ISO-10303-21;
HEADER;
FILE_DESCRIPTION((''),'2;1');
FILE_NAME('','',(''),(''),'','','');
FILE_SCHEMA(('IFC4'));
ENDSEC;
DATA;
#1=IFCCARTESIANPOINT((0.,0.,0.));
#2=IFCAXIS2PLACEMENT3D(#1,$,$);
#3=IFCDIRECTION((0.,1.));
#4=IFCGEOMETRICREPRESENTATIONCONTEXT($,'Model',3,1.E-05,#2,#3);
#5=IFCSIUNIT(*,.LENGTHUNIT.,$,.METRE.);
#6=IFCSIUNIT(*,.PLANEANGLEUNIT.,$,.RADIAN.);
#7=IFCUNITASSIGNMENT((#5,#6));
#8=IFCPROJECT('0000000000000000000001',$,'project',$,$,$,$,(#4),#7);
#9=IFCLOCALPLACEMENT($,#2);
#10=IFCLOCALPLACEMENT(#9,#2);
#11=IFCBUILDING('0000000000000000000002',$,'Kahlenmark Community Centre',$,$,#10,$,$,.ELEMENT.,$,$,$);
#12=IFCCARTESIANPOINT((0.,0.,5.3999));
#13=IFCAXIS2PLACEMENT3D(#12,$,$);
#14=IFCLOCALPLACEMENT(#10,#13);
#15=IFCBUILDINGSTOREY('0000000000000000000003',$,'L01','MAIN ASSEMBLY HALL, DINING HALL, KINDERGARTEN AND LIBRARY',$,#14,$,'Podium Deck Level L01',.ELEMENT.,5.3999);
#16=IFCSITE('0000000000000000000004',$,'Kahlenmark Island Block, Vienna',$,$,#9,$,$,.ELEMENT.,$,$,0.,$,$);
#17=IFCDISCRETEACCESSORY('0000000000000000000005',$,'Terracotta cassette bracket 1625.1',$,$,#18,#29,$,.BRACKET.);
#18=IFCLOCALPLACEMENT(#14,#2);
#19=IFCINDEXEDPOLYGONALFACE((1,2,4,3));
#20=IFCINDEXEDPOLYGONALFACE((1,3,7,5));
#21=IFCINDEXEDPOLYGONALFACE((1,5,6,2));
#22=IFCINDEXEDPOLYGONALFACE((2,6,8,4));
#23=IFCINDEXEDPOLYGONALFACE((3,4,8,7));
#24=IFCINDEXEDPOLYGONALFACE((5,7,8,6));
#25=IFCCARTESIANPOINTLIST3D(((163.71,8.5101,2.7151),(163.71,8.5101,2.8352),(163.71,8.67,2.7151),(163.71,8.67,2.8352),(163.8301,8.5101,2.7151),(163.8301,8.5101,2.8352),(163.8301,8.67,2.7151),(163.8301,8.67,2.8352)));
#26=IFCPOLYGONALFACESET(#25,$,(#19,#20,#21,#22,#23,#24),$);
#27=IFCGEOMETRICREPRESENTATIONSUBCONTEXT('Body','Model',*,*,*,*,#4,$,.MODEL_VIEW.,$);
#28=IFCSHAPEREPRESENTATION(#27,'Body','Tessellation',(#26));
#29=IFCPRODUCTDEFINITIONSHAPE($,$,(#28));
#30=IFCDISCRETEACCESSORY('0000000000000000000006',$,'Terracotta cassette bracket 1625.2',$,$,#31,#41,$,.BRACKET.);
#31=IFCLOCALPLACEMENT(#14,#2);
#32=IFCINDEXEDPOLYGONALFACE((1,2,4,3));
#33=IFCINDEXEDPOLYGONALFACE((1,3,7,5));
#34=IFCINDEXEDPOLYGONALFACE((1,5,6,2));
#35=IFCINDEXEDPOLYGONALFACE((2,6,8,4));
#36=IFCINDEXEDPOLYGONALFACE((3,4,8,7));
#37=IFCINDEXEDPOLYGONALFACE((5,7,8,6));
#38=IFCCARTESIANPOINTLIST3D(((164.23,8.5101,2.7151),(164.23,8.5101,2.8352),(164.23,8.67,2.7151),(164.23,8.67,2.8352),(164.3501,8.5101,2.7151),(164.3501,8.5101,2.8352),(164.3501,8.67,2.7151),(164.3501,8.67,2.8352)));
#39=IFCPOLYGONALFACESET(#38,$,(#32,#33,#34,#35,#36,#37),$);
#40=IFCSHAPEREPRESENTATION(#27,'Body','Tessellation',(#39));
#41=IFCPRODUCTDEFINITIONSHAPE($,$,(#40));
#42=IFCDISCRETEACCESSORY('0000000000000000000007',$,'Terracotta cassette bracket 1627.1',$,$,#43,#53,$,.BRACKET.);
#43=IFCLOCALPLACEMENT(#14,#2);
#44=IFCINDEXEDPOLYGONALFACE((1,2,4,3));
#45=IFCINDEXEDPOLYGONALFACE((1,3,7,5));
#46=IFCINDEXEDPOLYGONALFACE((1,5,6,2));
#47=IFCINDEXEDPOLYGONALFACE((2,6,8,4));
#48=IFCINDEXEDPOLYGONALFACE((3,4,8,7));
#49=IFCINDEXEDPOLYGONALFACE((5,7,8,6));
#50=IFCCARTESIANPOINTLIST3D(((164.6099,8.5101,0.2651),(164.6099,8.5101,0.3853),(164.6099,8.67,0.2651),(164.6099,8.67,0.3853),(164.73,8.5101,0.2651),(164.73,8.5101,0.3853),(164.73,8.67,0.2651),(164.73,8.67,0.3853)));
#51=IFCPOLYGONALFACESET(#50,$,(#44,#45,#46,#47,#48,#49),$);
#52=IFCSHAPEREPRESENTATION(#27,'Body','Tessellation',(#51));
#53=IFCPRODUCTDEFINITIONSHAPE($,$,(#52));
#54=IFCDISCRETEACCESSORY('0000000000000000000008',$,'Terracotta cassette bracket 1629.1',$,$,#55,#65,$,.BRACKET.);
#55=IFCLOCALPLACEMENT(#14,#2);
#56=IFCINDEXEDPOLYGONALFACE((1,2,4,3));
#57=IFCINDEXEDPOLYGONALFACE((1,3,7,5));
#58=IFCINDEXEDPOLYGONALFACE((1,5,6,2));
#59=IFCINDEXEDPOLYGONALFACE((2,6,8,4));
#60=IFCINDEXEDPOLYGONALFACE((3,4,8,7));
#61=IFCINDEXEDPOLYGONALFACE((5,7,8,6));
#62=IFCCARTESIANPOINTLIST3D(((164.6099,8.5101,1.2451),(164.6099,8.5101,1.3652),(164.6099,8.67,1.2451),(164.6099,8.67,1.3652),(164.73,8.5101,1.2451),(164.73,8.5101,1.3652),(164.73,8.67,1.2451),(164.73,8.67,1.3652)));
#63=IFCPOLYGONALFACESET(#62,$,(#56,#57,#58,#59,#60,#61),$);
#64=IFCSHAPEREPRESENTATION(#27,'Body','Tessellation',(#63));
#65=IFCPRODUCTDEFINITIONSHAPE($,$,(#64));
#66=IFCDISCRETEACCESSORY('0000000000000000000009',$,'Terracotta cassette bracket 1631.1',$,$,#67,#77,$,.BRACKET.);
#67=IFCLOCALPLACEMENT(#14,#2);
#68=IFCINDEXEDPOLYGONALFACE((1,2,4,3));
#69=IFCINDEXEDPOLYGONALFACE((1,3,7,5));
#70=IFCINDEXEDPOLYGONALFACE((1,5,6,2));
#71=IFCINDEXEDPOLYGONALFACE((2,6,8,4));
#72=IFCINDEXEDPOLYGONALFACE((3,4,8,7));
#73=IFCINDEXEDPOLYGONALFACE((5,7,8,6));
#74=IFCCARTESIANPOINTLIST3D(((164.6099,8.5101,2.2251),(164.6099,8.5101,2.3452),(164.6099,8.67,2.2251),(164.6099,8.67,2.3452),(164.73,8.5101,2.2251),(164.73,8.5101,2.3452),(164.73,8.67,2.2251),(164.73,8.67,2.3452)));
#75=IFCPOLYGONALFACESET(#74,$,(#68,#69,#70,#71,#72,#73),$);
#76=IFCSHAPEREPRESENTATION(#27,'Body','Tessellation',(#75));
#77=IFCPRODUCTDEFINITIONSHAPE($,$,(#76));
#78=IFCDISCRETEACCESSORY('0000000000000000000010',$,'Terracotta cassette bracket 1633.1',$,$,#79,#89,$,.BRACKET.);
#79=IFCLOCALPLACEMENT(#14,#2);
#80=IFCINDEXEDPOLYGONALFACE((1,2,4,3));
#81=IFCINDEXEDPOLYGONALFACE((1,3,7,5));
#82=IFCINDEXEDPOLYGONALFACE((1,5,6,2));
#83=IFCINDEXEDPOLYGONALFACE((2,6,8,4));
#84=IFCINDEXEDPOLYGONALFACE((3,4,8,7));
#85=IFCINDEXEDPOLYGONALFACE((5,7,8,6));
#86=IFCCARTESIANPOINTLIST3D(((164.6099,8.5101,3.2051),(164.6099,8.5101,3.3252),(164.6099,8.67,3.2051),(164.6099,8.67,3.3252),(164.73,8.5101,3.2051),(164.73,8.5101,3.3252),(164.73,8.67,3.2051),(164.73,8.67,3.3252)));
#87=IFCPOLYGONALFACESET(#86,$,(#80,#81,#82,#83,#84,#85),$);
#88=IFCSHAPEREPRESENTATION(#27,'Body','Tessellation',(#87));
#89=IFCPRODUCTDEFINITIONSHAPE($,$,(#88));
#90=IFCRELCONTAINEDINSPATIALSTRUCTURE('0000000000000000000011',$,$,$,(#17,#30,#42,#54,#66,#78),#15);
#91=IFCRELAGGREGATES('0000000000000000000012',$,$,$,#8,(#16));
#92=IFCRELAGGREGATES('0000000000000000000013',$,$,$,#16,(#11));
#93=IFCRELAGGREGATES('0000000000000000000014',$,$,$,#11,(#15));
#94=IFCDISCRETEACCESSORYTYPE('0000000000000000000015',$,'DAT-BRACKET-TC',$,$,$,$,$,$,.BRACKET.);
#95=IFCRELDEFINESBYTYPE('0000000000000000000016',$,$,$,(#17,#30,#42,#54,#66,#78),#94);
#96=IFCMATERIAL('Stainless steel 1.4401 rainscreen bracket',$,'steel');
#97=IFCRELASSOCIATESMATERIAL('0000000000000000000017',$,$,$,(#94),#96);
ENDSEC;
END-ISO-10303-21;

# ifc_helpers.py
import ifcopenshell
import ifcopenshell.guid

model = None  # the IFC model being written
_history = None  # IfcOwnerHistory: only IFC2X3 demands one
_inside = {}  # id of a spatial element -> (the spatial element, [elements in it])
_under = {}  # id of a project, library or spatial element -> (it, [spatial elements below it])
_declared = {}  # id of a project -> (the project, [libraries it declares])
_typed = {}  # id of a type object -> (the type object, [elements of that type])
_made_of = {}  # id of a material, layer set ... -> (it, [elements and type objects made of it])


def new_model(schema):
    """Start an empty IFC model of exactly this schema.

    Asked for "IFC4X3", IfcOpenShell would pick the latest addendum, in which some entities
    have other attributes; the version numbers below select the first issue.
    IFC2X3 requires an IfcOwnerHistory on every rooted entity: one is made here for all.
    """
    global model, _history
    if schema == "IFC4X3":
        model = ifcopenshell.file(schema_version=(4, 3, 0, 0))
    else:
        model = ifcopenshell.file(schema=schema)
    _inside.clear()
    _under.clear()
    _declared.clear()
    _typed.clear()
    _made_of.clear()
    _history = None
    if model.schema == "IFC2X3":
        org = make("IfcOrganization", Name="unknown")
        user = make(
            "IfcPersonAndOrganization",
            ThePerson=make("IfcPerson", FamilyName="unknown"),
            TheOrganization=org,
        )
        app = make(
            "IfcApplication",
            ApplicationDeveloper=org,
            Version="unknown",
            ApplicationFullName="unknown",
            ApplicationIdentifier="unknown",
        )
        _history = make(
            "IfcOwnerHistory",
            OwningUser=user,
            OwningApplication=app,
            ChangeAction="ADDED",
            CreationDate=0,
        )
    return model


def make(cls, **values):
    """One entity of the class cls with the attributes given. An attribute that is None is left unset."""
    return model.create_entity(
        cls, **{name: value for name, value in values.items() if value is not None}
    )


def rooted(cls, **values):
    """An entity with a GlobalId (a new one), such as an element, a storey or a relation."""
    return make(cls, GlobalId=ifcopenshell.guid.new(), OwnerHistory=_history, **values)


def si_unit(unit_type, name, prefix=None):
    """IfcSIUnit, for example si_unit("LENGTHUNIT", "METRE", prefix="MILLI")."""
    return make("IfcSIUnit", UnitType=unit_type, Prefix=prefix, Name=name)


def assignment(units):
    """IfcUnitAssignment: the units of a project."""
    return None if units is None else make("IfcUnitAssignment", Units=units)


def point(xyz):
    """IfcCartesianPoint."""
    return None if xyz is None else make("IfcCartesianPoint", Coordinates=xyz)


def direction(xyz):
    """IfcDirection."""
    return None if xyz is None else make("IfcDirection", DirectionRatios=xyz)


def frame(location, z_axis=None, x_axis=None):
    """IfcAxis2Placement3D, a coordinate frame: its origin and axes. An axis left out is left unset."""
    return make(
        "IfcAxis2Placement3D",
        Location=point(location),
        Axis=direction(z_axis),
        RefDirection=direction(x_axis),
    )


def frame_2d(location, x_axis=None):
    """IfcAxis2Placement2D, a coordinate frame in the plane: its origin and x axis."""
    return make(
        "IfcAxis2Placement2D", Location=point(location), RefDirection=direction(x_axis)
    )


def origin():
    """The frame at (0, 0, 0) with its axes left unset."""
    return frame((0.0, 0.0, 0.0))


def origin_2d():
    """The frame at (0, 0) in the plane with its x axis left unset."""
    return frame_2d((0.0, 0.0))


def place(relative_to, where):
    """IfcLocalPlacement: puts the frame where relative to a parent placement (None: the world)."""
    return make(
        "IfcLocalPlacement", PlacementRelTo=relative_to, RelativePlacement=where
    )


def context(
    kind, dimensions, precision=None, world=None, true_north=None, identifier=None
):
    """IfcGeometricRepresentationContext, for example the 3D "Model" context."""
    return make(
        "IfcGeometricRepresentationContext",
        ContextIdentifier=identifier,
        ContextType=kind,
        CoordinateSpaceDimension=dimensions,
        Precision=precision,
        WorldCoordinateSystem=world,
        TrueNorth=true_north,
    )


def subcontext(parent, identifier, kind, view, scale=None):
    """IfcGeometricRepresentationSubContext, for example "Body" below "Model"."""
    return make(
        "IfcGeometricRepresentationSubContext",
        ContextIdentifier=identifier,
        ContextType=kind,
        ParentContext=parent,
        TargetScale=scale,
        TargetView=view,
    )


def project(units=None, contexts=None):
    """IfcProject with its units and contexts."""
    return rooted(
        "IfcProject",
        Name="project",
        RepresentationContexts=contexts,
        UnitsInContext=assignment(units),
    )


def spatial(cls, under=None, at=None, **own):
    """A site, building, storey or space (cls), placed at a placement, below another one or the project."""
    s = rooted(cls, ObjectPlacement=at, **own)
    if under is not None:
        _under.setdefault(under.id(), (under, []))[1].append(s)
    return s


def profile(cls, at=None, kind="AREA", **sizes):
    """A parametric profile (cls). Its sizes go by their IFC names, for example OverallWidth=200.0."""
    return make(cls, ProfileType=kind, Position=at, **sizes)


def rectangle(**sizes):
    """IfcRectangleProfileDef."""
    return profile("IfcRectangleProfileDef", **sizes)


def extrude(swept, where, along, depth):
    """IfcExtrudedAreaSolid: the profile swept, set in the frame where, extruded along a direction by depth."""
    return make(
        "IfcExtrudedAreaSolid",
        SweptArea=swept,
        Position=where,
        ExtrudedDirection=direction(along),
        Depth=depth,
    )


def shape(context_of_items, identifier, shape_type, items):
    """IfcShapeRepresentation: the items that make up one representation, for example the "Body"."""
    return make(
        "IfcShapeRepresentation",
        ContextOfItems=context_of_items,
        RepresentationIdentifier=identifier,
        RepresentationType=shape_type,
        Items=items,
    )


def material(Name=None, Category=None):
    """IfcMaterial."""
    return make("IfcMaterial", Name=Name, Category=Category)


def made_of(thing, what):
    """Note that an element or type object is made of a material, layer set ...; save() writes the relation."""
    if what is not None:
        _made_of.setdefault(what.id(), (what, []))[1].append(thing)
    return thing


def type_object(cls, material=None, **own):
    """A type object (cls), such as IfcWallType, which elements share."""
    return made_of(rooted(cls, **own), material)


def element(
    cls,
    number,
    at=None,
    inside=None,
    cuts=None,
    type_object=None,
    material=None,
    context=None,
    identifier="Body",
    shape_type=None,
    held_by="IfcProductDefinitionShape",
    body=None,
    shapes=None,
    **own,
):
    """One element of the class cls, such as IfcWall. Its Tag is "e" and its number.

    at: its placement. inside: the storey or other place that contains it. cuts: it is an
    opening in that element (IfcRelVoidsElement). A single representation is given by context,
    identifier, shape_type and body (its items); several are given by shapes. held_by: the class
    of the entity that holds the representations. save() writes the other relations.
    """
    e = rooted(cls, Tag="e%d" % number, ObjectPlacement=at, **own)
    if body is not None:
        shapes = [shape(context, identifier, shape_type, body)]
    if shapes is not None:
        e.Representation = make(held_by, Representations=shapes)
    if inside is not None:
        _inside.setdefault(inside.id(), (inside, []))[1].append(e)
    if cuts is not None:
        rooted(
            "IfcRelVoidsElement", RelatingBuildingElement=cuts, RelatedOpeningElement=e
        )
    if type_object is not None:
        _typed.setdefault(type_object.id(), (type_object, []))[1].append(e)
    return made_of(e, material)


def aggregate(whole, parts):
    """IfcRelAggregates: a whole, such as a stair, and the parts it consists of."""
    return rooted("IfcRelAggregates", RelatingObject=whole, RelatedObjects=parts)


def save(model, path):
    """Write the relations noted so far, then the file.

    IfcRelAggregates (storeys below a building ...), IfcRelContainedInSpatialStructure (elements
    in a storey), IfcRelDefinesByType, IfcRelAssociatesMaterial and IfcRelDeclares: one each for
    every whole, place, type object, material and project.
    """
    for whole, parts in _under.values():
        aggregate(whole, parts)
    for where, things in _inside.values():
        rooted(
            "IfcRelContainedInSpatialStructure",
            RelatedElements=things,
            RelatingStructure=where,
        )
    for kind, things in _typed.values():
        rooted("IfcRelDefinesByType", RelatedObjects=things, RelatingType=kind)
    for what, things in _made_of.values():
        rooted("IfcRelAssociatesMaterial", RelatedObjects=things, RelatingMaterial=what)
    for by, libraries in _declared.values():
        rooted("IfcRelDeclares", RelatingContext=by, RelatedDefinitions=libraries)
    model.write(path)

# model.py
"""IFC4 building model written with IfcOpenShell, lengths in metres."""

from ifc_helpers import new_model, si_unit, direction, frame, origin, origin_2d, place, context, subcontext, project, spatial, rectangle, extrude, material, type_object, element, save


model = new_model("IFC4")

# Units and contexts
model_context = context("Model", 3, precision=1e-05, world=origin(), true_north=direction((0.0, 1.0)))
body_context = subcontext(model_context, "Body", "Model", "MODEL_VIEW")
ifc_project = project(units=[si_unit("LENGTHUNIT", "METRE"), si_unit("PLANEANGLEUNIT", "RADIAN")], contexts=[model_context])

# Site, building, storey
site_placement = place(None, origin())
site = spatial("IfcSite", under=ifc_project, at=site_placement, Name="Kahlenmark Island Block, Vienna", CompositionType="ELEMENT", RefElevation=0.0)
building_placement = place(site_placement, origin())
building = spatial("IfcBuilding", under=site, at=building_placement, Name="Kahlenmark Community Centre", CompositionType="ELEMENT")
storey_placement = place(building_placement, frame((0.0, 0.0, 5.3999)))
storey = spatial("IfcBuildingStorey", under=building, at=storey_placement, Name="L01", Description="MAIN ASSEMBLY HALL, DINING HALL, KINDERGARTEN AND LIBRARY", LongName="Podium Deck Level L01", CompositionType="ELEMENT", Elevation=5.3999)

# Discrete accessories
ifc_material_1 = material(Name="Stainless steel 1.4401 rainscreen bracket", Category="steel")
discrete_accessory_type = type_object("IfcDiscreteAccessoryType", Name="DAT-BRACKET-TC", PredefinedType="BRACKET", material=ifc_material_1)
for number, where, z_axis, x_axis, name in (
    (1, (163.77, 8.5901, 2.7151), (0.0, 0.0, 1.0), (1.0, 0.0, 0.0), "Terracotta cassette bracket 1625.1"),
    (2, (164.29, 8.5901, 2.7151), (0.0, 0.0, 1.0), (1.0, 0.0, 0.0), "Terracotta cassette bracket 1625.2"),
    (3, (164.6699, 8.5901, 0.2651), (0.0, 0.0, 1.0), (1.0, 0.0, 0.0), "Terracotta cassette bracket 1627.1"),
    (4, (164.6699, 8.5901, 1.2451), (0.0, 0.0, 1.0), (1.0, 0.0, 0.0), "Terracotta cassette bracket 1629.1"),
    (5, (164.6699, 8.5901, 2.2251), (0.0, 0.0, 1.0), (1.0, 0.0, 0.0), "Terracotta cassette bracket 1631.1"),
    (6, (164.6699, 8.5901, 3.2051), (0.0, 0.0, 1.0), (1.0, 0.0, 0.0), "Terracotta cassette bracket 1633.1"),
):
    element("IfcDiscreteAccessory", number, at=place(storey_placement, frame(where, z_axis=z_axis, x_axis=x_axis)), inside=storey, type_object=discrete_accessory_type, Name=name, PredefinedType="BRACKET", context=body_context, shape_type="SweptSolid", body=[
        extrude(rectangle(XDim=0.1201, YDim=0.1599, at=origin_2d()), origin(), (0.0, 0.0, 1.0), 0.1201),
    ])

save(model, "model.ifc")
